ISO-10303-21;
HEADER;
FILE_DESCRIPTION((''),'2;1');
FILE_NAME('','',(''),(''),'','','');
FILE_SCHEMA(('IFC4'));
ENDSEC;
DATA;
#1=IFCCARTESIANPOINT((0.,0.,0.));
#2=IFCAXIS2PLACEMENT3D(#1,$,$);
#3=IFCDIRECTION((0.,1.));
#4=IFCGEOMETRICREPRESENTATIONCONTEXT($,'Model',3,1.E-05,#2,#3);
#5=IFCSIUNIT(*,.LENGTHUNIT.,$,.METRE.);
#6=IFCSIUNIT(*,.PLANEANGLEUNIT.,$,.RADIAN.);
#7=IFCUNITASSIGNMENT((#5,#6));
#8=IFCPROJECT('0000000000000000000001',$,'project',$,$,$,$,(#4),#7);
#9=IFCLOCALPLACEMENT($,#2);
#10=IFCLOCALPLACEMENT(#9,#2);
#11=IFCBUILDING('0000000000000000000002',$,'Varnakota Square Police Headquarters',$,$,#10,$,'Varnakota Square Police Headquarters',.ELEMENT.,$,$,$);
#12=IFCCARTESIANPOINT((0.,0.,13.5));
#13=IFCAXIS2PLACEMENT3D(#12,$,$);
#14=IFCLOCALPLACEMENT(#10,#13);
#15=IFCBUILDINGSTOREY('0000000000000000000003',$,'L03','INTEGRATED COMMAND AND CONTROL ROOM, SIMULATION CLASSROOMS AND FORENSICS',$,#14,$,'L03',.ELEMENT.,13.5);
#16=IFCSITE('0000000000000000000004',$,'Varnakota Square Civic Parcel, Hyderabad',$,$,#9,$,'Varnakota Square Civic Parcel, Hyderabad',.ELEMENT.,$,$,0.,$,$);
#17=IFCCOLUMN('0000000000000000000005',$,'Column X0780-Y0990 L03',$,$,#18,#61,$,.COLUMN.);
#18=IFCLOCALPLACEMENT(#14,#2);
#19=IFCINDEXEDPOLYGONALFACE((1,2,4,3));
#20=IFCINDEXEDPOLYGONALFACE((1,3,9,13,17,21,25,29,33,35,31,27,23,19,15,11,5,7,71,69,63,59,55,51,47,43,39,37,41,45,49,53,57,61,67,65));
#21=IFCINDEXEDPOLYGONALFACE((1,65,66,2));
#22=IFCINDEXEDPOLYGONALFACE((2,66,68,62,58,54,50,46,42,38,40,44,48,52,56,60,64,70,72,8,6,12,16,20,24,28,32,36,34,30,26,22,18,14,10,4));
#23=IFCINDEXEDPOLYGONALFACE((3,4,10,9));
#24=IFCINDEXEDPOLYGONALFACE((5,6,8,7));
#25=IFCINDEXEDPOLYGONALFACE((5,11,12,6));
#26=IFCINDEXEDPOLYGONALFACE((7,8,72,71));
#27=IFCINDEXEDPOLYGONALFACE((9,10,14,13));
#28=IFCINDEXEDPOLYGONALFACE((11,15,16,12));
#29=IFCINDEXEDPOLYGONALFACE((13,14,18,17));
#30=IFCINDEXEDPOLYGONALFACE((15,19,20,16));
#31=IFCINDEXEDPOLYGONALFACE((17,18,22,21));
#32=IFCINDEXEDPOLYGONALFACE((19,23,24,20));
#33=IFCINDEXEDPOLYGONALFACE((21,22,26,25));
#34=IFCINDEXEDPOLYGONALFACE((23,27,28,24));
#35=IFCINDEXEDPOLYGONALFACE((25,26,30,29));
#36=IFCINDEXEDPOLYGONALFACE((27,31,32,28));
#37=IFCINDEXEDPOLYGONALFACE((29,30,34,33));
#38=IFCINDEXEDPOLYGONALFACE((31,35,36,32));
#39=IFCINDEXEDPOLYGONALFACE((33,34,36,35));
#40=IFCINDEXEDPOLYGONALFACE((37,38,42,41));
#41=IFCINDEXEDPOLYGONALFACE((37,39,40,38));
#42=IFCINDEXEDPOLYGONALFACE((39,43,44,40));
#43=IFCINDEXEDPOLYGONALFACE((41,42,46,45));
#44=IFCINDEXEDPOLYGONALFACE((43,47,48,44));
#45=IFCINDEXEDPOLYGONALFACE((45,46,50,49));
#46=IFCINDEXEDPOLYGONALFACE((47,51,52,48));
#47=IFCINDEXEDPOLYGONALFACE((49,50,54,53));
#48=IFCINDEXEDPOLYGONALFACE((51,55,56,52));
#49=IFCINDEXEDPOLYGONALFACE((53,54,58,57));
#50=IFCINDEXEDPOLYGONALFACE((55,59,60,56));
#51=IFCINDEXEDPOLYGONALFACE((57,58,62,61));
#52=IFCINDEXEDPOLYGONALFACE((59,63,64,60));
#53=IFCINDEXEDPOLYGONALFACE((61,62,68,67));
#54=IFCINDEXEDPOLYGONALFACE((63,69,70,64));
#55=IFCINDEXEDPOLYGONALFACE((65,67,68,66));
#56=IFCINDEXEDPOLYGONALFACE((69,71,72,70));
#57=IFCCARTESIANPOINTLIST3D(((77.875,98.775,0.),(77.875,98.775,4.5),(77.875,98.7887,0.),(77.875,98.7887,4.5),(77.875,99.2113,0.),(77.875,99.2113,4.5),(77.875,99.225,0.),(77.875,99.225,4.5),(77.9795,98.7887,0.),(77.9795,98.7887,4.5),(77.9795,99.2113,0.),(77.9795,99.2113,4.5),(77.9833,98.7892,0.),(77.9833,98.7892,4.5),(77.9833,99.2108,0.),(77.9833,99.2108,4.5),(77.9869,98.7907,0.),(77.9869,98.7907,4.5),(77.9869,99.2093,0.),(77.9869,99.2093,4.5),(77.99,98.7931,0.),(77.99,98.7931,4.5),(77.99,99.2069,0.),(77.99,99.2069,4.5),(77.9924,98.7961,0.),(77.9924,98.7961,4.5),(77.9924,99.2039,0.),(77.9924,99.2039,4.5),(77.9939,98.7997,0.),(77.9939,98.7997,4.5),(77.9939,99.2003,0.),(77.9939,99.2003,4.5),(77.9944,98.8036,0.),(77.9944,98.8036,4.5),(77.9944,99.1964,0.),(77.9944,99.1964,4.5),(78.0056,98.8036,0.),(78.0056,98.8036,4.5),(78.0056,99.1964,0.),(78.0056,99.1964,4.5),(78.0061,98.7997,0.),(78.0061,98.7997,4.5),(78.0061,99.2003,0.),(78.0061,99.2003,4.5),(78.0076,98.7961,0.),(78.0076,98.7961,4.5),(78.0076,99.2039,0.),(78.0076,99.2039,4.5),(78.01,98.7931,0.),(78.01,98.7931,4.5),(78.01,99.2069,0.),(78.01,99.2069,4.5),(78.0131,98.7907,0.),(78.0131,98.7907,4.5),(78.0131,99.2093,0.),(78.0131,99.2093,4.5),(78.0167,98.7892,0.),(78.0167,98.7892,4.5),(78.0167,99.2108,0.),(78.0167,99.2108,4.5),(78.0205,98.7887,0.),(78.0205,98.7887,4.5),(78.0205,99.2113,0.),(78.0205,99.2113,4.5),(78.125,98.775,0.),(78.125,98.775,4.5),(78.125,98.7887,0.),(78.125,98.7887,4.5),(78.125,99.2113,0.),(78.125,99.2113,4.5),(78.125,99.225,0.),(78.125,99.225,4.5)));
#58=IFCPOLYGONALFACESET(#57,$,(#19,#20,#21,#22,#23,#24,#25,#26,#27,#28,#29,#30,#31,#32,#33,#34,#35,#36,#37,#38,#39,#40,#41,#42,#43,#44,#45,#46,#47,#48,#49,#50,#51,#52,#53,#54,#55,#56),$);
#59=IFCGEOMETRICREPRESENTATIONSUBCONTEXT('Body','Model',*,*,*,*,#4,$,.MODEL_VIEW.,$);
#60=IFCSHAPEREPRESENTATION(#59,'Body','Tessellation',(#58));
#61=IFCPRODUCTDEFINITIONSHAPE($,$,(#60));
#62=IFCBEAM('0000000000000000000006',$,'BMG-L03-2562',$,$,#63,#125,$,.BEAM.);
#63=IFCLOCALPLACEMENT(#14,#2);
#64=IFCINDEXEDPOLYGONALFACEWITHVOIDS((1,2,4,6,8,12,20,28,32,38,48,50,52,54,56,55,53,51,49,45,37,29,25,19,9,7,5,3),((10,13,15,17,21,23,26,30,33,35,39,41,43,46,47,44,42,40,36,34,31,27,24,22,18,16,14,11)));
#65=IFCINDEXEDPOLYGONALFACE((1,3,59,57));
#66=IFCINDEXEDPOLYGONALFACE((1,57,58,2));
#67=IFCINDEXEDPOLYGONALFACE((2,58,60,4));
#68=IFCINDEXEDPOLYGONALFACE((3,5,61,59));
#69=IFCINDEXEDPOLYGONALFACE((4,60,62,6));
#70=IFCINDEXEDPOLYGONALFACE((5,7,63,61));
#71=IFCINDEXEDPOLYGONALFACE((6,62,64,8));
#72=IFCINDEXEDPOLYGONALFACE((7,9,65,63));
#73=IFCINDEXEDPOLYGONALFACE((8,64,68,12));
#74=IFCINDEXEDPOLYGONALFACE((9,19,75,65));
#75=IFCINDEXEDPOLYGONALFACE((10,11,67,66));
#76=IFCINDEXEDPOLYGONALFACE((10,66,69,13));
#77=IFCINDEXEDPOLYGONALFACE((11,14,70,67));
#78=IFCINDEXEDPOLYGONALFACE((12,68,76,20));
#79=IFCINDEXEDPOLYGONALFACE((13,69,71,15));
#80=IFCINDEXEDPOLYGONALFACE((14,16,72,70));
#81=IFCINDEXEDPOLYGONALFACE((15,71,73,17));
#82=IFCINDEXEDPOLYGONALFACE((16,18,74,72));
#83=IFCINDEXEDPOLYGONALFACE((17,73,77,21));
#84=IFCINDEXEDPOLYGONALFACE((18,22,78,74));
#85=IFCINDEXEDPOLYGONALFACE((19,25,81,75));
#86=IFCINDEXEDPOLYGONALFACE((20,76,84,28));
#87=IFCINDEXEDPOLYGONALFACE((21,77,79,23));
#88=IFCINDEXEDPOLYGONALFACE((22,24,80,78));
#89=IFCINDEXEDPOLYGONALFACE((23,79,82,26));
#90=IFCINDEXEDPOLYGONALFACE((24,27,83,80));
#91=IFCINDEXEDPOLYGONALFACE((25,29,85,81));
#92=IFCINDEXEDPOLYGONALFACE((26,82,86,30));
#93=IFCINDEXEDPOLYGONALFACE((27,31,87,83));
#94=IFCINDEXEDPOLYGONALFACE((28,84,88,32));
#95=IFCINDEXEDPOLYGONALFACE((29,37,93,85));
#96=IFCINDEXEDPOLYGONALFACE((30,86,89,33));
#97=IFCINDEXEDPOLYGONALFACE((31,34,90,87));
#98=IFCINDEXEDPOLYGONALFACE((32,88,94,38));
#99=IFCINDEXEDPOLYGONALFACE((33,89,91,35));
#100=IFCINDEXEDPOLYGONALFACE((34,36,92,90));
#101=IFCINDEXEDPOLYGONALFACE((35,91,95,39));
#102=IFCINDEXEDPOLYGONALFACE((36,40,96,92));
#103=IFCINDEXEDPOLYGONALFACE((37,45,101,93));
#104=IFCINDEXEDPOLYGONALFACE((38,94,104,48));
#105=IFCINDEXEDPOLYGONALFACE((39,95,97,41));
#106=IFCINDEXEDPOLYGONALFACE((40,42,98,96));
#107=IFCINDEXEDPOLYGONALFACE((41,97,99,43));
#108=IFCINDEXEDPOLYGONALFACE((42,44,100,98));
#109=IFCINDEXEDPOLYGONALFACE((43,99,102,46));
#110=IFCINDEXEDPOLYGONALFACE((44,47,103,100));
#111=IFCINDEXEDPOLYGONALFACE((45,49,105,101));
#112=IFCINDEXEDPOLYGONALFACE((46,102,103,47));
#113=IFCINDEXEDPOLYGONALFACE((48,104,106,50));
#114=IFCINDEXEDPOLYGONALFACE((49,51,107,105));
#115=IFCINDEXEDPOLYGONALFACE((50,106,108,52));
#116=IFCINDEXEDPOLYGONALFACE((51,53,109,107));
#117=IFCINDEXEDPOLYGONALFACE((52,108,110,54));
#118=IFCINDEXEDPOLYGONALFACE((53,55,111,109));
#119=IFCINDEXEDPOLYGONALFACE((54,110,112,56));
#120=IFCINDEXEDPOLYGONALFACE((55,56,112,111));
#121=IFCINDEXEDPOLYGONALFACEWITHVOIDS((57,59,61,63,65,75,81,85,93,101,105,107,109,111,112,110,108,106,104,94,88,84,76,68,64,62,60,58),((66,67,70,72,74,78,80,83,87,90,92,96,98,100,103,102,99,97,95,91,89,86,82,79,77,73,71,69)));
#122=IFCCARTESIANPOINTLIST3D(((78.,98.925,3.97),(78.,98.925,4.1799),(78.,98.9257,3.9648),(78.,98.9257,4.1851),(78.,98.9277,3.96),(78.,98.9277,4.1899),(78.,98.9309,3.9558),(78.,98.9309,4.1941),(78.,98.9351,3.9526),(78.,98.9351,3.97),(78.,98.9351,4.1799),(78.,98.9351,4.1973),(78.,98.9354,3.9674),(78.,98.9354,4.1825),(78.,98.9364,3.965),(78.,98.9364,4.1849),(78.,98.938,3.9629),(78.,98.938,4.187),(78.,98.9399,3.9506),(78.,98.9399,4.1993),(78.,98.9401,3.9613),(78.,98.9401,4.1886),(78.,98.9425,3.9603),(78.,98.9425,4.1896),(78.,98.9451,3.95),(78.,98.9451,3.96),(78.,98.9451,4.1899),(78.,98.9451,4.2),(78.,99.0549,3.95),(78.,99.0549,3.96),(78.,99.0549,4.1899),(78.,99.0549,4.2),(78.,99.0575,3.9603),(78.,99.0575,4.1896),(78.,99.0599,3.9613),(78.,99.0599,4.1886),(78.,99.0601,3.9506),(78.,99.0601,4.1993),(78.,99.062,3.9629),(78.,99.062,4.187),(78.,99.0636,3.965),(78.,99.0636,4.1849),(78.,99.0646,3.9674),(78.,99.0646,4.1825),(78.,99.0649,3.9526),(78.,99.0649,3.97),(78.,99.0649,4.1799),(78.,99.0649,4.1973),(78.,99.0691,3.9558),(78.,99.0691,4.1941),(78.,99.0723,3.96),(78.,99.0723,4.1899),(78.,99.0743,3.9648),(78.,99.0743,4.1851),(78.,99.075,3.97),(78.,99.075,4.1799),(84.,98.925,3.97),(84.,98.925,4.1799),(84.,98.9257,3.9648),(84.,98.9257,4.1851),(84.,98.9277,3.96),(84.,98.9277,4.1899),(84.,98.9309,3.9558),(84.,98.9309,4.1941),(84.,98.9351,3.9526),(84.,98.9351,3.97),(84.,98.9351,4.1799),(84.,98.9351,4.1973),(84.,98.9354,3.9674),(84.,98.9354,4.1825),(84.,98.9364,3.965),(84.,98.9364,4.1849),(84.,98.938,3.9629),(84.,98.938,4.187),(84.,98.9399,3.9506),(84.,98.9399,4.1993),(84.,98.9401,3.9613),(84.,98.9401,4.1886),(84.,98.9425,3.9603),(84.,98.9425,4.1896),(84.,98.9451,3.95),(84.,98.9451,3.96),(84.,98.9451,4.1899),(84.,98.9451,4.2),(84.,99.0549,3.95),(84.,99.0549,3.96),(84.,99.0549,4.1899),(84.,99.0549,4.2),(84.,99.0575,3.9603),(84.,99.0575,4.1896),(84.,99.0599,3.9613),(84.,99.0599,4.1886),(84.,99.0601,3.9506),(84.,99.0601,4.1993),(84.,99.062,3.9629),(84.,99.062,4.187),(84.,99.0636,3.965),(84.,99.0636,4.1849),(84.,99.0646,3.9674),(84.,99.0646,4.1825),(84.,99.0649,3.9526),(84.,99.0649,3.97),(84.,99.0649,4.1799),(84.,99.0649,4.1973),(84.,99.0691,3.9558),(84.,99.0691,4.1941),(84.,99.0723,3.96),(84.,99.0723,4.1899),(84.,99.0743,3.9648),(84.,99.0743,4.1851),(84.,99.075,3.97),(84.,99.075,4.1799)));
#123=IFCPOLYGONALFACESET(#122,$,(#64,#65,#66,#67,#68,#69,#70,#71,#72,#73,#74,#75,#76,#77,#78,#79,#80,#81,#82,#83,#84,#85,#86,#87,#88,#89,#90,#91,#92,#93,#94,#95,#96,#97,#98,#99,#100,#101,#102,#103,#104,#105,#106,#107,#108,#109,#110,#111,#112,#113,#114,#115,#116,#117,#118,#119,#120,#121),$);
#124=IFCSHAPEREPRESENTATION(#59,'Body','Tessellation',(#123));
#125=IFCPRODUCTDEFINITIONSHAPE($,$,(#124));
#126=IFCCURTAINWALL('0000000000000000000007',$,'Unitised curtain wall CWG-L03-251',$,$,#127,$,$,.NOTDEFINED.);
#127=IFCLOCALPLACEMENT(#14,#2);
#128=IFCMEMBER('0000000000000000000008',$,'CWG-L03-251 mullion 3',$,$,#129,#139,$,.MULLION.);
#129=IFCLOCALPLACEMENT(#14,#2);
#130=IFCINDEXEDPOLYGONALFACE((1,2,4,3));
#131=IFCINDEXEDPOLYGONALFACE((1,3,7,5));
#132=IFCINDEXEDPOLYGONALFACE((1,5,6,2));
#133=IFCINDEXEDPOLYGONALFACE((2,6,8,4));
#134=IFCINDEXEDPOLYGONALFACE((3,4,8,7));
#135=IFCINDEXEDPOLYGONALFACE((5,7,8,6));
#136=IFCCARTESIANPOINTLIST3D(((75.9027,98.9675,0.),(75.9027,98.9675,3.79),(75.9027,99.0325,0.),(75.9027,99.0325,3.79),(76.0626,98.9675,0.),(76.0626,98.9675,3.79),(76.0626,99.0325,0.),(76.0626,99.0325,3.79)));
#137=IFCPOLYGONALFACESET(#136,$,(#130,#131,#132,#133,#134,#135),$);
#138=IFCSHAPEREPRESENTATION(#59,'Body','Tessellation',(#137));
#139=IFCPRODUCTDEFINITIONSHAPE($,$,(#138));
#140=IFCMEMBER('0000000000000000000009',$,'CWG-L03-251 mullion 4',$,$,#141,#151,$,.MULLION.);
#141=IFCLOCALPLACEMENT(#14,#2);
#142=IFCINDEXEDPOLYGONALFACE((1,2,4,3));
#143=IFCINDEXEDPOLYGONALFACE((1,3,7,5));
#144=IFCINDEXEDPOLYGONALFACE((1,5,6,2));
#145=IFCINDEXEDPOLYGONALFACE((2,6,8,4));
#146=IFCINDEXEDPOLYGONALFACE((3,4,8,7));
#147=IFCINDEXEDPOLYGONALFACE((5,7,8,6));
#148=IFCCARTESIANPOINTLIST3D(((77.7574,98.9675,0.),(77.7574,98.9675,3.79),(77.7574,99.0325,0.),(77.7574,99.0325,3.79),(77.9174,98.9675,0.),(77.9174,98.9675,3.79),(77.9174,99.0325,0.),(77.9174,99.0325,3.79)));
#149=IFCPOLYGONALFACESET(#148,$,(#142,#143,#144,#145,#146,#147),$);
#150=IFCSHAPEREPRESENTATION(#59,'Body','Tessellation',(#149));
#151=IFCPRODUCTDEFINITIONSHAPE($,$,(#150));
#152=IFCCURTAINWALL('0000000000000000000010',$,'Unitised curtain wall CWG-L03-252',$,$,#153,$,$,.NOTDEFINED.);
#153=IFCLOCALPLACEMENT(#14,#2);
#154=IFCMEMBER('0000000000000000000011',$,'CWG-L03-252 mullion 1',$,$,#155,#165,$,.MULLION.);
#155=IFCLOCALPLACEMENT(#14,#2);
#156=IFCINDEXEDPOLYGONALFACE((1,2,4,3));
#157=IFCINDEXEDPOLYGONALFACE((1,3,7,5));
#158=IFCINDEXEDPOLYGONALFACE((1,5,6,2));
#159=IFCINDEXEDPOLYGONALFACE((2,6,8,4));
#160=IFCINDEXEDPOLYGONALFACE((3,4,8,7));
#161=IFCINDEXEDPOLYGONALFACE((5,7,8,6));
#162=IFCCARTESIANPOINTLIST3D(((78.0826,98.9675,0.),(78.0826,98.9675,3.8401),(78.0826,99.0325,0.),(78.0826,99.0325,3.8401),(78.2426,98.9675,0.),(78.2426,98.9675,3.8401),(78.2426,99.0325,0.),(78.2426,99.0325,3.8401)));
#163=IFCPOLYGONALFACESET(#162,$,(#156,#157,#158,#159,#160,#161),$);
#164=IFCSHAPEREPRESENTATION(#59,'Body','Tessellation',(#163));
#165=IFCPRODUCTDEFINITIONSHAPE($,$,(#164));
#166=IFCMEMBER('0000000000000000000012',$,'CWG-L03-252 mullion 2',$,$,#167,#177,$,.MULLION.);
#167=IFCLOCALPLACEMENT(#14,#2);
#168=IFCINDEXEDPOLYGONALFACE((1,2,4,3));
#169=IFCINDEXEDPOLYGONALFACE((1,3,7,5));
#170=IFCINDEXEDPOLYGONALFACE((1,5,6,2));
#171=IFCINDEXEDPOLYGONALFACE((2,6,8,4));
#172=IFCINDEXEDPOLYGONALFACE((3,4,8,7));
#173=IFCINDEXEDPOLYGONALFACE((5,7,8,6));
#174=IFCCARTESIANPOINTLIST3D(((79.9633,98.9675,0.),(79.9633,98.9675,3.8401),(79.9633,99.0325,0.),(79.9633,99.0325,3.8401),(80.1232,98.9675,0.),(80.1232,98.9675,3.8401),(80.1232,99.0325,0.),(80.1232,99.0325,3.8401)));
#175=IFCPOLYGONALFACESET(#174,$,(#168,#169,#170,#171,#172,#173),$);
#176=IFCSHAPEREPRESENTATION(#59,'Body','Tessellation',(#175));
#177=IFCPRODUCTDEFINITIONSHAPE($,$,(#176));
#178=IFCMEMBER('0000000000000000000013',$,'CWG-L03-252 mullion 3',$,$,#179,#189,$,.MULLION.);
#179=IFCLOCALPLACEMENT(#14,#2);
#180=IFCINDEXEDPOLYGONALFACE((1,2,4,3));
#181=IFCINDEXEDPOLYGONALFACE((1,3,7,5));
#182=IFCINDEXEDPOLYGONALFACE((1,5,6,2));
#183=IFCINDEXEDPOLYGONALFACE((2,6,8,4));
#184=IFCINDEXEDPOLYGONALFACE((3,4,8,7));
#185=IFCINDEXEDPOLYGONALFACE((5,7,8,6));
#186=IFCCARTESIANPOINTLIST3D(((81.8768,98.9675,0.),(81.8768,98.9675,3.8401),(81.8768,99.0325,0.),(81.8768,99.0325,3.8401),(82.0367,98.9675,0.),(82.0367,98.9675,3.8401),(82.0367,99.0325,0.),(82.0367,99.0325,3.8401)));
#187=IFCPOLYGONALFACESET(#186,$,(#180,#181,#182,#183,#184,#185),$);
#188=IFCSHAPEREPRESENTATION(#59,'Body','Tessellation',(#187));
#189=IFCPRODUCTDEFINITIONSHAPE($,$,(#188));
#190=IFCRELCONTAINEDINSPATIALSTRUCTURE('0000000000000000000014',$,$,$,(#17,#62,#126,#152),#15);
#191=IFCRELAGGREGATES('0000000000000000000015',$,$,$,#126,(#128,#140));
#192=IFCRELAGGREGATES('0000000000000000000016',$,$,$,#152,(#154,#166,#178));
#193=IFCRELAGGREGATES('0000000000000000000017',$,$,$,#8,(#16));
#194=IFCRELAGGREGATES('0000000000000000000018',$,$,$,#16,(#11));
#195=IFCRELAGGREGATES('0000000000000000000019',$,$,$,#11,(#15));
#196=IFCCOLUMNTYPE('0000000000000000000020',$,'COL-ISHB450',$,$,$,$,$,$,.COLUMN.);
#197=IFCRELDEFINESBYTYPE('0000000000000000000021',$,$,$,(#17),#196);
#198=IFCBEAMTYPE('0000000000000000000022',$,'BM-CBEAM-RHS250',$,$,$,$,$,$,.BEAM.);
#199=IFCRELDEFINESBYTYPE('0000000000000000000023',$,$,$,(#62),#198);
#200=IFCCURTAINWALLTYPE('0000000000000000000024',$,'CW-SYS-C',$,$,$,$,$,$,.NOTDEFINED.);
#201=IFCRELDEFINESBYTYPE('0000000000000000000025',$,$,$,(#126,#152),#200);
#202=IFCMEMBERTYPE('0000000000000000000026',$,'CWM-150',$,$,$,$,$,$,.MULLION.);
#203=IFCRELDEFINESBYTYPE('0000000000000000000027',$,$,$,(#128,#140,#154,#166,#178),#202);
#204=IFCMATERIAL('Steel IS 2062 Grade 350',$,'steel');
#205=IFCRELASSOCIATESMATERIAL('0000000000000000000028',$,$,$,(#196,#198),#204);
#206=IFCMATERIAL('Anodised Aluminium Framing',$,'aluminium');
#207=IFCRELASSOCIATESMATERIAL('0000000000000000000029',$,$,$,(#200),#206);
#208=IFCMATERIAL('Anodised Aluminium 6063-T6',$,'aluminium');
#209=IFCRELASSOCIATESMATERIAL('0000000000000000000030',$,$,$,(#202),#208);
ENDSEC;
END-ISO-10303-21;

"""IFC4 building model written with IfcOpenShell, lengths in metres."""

from ifc_helpers import new_model, si_unit, direction, frame, origin, origin_2d, place, context, subcontext, project, spatial, rectangle, hollow_rectangle, i_section, extrude, material, material_profile, profile_set, type_object, element, aggregate, save


model = new_model("IFC4")

# Units and contexts
model_context = context("Model", 3, precision=1e-05, world=origin(), true_north=direction((0.0, 1.0)))
body_context = subcontext(model_context, "Body", "Model", "MODEL_VIEW")
ifc_project = project(units=[si_unit("LENGTHUNIT", "METRE"), si_unit("PLANEANGLEUNIT", "RADIAN")], contexts=[model_context])

# Site, building, storey
site_placement = place(None, origin())
site = spatial("IfcSite", under=ifc_project, at=site_placement, Name="Varnakota Square Civic Parcel, Hyderabad", LongName="Varnakota Square Civic Parcel, Hyderabad", CompositionType="ELEMENT", RefElevation=0.0)
building_placement = place(site_placement, origin())
building = spatial("IfcBuilding", under=site, at=building_placement, Name="Varnakota Square Police Headquarters", LongName="Varnakota Square Police Headquarters", CompositionType="ELEMENT")
storey_placement = place(building_placement, frame((0.0, 0.0, 13.5)))
storey = spatial("IfcBuildingStorey", under=building, at=storey_placement, Name="L03", Description="INTEGRATED COMMAND AND CONTROL ROOM, SIMULATION CLASSROOMS AND FORENSICS", LongName="L03", CompositionType="ELEMENT", Elevation=13.5)

# Column
ifc_material_1 = material(Name="Steel IS 2062 Grade 350", Category="steel")
ifc_material_profile_1 = material_profile(ifc_material_1, i_section(OverallWidth=0.25, OverallDepth=0.45, WebThickness=0.0112, FlangeThickness=0.0137, FilletRadius=0.0149, at=origin_2d()), Name="ISHB 450")
ifc_profile_set_1 = profile_set([ifc_material_profile_1], Name="Steel IS 2062 Grade 350")
column_type = type_object("IfcColumnType", Name="COL-ISHB450", PredefinedType="COLUMN", material=ifc_profile_set_1)
column_placement = place(storey_placement, frame((78.0, 99.0, 0.0), z_axis=(0.0, 0.0, 1.0), x_axis=(1.0, 0.0, 0.0)))
element("IfcColumn", 1, at=column_placement, inside=storey, type_object=column_type, Name="Column X0780-Y0990 L03", PredefinedType="COLUMN", context=body_context, shape_type="SweptSolid", body=[
    extrude(i_section(OverallWidth=0.25, OverallDepth=0.45, WebThickness=0.0112, FlangeThickness=0.0137, FilletRadius=0.0149, at=origin_2d()), origin(), (0.0, 0.0, 1.0), 4.5),
])

# Beam
ifc_material_profile_2 = material_profile(ifc_material_1, hollow_rectangle(XDim=0.1499, YDim=0.25, WallThickness=0.01, InnerFilletRadius=0.01, OuterFilletRadius=0.02, at=origin_2d()), Name="RHS 250x150x10")
ifc_profile_set_2 = profile_set([ifc_material_profile_2], Name="Steel IS 2062 Grade 350")
beam_type = type_object("IfcBeamType", Name="BM-CBEAM-RHS250", PredefinedType="BEAM", material=ifc_profile_set_2)
beam_placement = place(storey_placement, frame((78.0, 99.0, 4.075), z_axis=(1.0, 0.0, 0.0), x_axis=(0.0, 1.0, 0.0)))
element("IfcBeam", 2, at=beam_placement, inside=storey, type_object=beam_type, Name="BMG-L03-2562", PredefinedType="BEAM", context=body_context, shape_type="SweptSolid", body=[
    extrude(hollow_rectangle(XDim=0.1499, YDim=0.25, WallThickness=0.01, InnerFilletRadius=0.01, OuterFilletRadius=0.02, at=origin_2d()), origin(), (0.0, 0.0, 1.0), 6.0),
])

# Curtain walls, members
ifc_material_2 = material(Name="Anodised Aluminium Framing", Category="aluminium")
curtain_wall_type = type_object("IfcCurtainWallType", Name="CW-SYS-C", PredefinedType="NOTDEFINED", material=ifc_material_2)
curtain_wall_1_placement = place(storey_placement, origin())
curtain_wall_1 = element("IfcCurtainWall", 3, at=curtain_wall_1_placement, inside=storey, type_object=curtain_wall_type, Name="Unitised curtain wall CWG-L03-251", PredefinedType="NOTDEFINED")
ifc_material_3 = material(Name="Anodised Aluminium 6063-T6", Category="aluminium")
ifc_material_profile_3 = material_profile(ifc_material_3, rectangle(XDim=0.0649, YDim=0.1599, at=origin_2d()), Name="ALU MULLION 65x160")
ifc_profile_set_3 = profile_set([ifc_material_profile_3], Name="Anodised Aluminium 6063-T6")
member_type_1 = type_object("IfcMemberType", Name="CWM-150", PredefinedType="MULLION", material=ifc_profile_set_3)
member_1_placement = place(storey_placement, frame((75.9827, 99.0, 0.0), z_axis=(0.0, 0.0, 1.0), x_axis=(0.0, 1.0, 0.0)))
member_1 = element("IfcMember", 4, at=member_1_placement, type_object=member_type_1, Name="CWG-L03-251 mullion 3", PredefinedType="MULLION", context=body_context, shape_type="SweptSolid", body=[
    extrude(rectangle(XDim=0.0649, YDim=0.1599, at=origin_2d()), origin(), (0.0, 0.0, 1.0), 3.79),
])
member_2_placement = place(storey_placement, frame((77.8374, 99.0, 0.0), z_axis=(0.0, 0.0, 1.0), x_axis=(0.0, 1.0, 0.0)))
member_2 = element("IfcMember", 5, at=member_2_placement, type_object=member_type_1, Name="CWG-L03-251 mullion 4", PredefinedType="MULLION", context=body_context, shape_type="SweptSolid", body=[
    extrude(rectangle(XDim=0.0649, YDim=0.1599, at=origin_2d()), origin(), (0.0, 0.0, 1.0), 3.79),
])
curtain_wall_2_placement = place(storey_placement, origin())
curtain_wall_2 = element("IfcCurtainWall", 6, at=curtain_wall_2_placement, inside=storey, type_object=curtain_wall_type, Name="Unitised curtain wall CWG-L03-252", PredefinedType="NOTDEFINED")
member_3_placement = place(storey_placement, frame((78.1626, 99.0, 0.0), z_axis=(0.0, 0.0, 1.0), x_axis=(0.0, 1.0, 0.0)))
member_3 = element("IfcMember", 7, at=member_3_placement, type_object=member_type_1, Name="CWG-L03-252 mullion 1", PredefinedType="MULLION", context=body_context, shape_type="SweptSolid", body=[
    extrude(rectangle(XDim=0.0649, YDim=0.1599, at=origin_2d()), origin(), (0.0, 0.0, 1.0), 3.8401),
])
member_4_placement = place(storey_placement, frame((80.0432, 99.0, 0.0), z_axis=(0.0, 0.0, 1.0), x_axis=(0.0, 1.0, 0.0)))
member_4 = element("IfcMember", 8, at=member_4_placement, type_object=member_type_1, Name="CWG-L03-252 mullion 2", PredefinedType="MULLION", context=body_context, shape_type="SweptSolid", body=[
    extrude(rectangle(XDim=0.0649, YDim=0.1599, at=origin_2d()), origin(), (0.0, 0.0, 1.0), 3.8401),
])
member_5_placement = place(storey_placement, frame((81.9568, 99.0, 0.0), z_axis=(0.0, 0.0, 1.0), x_axis=(0.0, 1.0, 0.0)))
member_5 = element("IfcMember", 9, at=member_5_placement, type_object=member_type_1, Name="CWG-L03-252 mullion 3", PredefinedType="MULLION", context=body_context, shape_type="SweptSolid", body=[
    extrude(rectangle(XDim=0.0649, YDim=0.1599, at=origin_2d()), origin(), (0.0, 0.0, 1.0), 3.8401),
])

aggregate(curtain_wall_1, [member_1, member_2])
aggregate(curtain_wall_2, [member_3, member_4, member_5])

save(model, "model.ifc")
